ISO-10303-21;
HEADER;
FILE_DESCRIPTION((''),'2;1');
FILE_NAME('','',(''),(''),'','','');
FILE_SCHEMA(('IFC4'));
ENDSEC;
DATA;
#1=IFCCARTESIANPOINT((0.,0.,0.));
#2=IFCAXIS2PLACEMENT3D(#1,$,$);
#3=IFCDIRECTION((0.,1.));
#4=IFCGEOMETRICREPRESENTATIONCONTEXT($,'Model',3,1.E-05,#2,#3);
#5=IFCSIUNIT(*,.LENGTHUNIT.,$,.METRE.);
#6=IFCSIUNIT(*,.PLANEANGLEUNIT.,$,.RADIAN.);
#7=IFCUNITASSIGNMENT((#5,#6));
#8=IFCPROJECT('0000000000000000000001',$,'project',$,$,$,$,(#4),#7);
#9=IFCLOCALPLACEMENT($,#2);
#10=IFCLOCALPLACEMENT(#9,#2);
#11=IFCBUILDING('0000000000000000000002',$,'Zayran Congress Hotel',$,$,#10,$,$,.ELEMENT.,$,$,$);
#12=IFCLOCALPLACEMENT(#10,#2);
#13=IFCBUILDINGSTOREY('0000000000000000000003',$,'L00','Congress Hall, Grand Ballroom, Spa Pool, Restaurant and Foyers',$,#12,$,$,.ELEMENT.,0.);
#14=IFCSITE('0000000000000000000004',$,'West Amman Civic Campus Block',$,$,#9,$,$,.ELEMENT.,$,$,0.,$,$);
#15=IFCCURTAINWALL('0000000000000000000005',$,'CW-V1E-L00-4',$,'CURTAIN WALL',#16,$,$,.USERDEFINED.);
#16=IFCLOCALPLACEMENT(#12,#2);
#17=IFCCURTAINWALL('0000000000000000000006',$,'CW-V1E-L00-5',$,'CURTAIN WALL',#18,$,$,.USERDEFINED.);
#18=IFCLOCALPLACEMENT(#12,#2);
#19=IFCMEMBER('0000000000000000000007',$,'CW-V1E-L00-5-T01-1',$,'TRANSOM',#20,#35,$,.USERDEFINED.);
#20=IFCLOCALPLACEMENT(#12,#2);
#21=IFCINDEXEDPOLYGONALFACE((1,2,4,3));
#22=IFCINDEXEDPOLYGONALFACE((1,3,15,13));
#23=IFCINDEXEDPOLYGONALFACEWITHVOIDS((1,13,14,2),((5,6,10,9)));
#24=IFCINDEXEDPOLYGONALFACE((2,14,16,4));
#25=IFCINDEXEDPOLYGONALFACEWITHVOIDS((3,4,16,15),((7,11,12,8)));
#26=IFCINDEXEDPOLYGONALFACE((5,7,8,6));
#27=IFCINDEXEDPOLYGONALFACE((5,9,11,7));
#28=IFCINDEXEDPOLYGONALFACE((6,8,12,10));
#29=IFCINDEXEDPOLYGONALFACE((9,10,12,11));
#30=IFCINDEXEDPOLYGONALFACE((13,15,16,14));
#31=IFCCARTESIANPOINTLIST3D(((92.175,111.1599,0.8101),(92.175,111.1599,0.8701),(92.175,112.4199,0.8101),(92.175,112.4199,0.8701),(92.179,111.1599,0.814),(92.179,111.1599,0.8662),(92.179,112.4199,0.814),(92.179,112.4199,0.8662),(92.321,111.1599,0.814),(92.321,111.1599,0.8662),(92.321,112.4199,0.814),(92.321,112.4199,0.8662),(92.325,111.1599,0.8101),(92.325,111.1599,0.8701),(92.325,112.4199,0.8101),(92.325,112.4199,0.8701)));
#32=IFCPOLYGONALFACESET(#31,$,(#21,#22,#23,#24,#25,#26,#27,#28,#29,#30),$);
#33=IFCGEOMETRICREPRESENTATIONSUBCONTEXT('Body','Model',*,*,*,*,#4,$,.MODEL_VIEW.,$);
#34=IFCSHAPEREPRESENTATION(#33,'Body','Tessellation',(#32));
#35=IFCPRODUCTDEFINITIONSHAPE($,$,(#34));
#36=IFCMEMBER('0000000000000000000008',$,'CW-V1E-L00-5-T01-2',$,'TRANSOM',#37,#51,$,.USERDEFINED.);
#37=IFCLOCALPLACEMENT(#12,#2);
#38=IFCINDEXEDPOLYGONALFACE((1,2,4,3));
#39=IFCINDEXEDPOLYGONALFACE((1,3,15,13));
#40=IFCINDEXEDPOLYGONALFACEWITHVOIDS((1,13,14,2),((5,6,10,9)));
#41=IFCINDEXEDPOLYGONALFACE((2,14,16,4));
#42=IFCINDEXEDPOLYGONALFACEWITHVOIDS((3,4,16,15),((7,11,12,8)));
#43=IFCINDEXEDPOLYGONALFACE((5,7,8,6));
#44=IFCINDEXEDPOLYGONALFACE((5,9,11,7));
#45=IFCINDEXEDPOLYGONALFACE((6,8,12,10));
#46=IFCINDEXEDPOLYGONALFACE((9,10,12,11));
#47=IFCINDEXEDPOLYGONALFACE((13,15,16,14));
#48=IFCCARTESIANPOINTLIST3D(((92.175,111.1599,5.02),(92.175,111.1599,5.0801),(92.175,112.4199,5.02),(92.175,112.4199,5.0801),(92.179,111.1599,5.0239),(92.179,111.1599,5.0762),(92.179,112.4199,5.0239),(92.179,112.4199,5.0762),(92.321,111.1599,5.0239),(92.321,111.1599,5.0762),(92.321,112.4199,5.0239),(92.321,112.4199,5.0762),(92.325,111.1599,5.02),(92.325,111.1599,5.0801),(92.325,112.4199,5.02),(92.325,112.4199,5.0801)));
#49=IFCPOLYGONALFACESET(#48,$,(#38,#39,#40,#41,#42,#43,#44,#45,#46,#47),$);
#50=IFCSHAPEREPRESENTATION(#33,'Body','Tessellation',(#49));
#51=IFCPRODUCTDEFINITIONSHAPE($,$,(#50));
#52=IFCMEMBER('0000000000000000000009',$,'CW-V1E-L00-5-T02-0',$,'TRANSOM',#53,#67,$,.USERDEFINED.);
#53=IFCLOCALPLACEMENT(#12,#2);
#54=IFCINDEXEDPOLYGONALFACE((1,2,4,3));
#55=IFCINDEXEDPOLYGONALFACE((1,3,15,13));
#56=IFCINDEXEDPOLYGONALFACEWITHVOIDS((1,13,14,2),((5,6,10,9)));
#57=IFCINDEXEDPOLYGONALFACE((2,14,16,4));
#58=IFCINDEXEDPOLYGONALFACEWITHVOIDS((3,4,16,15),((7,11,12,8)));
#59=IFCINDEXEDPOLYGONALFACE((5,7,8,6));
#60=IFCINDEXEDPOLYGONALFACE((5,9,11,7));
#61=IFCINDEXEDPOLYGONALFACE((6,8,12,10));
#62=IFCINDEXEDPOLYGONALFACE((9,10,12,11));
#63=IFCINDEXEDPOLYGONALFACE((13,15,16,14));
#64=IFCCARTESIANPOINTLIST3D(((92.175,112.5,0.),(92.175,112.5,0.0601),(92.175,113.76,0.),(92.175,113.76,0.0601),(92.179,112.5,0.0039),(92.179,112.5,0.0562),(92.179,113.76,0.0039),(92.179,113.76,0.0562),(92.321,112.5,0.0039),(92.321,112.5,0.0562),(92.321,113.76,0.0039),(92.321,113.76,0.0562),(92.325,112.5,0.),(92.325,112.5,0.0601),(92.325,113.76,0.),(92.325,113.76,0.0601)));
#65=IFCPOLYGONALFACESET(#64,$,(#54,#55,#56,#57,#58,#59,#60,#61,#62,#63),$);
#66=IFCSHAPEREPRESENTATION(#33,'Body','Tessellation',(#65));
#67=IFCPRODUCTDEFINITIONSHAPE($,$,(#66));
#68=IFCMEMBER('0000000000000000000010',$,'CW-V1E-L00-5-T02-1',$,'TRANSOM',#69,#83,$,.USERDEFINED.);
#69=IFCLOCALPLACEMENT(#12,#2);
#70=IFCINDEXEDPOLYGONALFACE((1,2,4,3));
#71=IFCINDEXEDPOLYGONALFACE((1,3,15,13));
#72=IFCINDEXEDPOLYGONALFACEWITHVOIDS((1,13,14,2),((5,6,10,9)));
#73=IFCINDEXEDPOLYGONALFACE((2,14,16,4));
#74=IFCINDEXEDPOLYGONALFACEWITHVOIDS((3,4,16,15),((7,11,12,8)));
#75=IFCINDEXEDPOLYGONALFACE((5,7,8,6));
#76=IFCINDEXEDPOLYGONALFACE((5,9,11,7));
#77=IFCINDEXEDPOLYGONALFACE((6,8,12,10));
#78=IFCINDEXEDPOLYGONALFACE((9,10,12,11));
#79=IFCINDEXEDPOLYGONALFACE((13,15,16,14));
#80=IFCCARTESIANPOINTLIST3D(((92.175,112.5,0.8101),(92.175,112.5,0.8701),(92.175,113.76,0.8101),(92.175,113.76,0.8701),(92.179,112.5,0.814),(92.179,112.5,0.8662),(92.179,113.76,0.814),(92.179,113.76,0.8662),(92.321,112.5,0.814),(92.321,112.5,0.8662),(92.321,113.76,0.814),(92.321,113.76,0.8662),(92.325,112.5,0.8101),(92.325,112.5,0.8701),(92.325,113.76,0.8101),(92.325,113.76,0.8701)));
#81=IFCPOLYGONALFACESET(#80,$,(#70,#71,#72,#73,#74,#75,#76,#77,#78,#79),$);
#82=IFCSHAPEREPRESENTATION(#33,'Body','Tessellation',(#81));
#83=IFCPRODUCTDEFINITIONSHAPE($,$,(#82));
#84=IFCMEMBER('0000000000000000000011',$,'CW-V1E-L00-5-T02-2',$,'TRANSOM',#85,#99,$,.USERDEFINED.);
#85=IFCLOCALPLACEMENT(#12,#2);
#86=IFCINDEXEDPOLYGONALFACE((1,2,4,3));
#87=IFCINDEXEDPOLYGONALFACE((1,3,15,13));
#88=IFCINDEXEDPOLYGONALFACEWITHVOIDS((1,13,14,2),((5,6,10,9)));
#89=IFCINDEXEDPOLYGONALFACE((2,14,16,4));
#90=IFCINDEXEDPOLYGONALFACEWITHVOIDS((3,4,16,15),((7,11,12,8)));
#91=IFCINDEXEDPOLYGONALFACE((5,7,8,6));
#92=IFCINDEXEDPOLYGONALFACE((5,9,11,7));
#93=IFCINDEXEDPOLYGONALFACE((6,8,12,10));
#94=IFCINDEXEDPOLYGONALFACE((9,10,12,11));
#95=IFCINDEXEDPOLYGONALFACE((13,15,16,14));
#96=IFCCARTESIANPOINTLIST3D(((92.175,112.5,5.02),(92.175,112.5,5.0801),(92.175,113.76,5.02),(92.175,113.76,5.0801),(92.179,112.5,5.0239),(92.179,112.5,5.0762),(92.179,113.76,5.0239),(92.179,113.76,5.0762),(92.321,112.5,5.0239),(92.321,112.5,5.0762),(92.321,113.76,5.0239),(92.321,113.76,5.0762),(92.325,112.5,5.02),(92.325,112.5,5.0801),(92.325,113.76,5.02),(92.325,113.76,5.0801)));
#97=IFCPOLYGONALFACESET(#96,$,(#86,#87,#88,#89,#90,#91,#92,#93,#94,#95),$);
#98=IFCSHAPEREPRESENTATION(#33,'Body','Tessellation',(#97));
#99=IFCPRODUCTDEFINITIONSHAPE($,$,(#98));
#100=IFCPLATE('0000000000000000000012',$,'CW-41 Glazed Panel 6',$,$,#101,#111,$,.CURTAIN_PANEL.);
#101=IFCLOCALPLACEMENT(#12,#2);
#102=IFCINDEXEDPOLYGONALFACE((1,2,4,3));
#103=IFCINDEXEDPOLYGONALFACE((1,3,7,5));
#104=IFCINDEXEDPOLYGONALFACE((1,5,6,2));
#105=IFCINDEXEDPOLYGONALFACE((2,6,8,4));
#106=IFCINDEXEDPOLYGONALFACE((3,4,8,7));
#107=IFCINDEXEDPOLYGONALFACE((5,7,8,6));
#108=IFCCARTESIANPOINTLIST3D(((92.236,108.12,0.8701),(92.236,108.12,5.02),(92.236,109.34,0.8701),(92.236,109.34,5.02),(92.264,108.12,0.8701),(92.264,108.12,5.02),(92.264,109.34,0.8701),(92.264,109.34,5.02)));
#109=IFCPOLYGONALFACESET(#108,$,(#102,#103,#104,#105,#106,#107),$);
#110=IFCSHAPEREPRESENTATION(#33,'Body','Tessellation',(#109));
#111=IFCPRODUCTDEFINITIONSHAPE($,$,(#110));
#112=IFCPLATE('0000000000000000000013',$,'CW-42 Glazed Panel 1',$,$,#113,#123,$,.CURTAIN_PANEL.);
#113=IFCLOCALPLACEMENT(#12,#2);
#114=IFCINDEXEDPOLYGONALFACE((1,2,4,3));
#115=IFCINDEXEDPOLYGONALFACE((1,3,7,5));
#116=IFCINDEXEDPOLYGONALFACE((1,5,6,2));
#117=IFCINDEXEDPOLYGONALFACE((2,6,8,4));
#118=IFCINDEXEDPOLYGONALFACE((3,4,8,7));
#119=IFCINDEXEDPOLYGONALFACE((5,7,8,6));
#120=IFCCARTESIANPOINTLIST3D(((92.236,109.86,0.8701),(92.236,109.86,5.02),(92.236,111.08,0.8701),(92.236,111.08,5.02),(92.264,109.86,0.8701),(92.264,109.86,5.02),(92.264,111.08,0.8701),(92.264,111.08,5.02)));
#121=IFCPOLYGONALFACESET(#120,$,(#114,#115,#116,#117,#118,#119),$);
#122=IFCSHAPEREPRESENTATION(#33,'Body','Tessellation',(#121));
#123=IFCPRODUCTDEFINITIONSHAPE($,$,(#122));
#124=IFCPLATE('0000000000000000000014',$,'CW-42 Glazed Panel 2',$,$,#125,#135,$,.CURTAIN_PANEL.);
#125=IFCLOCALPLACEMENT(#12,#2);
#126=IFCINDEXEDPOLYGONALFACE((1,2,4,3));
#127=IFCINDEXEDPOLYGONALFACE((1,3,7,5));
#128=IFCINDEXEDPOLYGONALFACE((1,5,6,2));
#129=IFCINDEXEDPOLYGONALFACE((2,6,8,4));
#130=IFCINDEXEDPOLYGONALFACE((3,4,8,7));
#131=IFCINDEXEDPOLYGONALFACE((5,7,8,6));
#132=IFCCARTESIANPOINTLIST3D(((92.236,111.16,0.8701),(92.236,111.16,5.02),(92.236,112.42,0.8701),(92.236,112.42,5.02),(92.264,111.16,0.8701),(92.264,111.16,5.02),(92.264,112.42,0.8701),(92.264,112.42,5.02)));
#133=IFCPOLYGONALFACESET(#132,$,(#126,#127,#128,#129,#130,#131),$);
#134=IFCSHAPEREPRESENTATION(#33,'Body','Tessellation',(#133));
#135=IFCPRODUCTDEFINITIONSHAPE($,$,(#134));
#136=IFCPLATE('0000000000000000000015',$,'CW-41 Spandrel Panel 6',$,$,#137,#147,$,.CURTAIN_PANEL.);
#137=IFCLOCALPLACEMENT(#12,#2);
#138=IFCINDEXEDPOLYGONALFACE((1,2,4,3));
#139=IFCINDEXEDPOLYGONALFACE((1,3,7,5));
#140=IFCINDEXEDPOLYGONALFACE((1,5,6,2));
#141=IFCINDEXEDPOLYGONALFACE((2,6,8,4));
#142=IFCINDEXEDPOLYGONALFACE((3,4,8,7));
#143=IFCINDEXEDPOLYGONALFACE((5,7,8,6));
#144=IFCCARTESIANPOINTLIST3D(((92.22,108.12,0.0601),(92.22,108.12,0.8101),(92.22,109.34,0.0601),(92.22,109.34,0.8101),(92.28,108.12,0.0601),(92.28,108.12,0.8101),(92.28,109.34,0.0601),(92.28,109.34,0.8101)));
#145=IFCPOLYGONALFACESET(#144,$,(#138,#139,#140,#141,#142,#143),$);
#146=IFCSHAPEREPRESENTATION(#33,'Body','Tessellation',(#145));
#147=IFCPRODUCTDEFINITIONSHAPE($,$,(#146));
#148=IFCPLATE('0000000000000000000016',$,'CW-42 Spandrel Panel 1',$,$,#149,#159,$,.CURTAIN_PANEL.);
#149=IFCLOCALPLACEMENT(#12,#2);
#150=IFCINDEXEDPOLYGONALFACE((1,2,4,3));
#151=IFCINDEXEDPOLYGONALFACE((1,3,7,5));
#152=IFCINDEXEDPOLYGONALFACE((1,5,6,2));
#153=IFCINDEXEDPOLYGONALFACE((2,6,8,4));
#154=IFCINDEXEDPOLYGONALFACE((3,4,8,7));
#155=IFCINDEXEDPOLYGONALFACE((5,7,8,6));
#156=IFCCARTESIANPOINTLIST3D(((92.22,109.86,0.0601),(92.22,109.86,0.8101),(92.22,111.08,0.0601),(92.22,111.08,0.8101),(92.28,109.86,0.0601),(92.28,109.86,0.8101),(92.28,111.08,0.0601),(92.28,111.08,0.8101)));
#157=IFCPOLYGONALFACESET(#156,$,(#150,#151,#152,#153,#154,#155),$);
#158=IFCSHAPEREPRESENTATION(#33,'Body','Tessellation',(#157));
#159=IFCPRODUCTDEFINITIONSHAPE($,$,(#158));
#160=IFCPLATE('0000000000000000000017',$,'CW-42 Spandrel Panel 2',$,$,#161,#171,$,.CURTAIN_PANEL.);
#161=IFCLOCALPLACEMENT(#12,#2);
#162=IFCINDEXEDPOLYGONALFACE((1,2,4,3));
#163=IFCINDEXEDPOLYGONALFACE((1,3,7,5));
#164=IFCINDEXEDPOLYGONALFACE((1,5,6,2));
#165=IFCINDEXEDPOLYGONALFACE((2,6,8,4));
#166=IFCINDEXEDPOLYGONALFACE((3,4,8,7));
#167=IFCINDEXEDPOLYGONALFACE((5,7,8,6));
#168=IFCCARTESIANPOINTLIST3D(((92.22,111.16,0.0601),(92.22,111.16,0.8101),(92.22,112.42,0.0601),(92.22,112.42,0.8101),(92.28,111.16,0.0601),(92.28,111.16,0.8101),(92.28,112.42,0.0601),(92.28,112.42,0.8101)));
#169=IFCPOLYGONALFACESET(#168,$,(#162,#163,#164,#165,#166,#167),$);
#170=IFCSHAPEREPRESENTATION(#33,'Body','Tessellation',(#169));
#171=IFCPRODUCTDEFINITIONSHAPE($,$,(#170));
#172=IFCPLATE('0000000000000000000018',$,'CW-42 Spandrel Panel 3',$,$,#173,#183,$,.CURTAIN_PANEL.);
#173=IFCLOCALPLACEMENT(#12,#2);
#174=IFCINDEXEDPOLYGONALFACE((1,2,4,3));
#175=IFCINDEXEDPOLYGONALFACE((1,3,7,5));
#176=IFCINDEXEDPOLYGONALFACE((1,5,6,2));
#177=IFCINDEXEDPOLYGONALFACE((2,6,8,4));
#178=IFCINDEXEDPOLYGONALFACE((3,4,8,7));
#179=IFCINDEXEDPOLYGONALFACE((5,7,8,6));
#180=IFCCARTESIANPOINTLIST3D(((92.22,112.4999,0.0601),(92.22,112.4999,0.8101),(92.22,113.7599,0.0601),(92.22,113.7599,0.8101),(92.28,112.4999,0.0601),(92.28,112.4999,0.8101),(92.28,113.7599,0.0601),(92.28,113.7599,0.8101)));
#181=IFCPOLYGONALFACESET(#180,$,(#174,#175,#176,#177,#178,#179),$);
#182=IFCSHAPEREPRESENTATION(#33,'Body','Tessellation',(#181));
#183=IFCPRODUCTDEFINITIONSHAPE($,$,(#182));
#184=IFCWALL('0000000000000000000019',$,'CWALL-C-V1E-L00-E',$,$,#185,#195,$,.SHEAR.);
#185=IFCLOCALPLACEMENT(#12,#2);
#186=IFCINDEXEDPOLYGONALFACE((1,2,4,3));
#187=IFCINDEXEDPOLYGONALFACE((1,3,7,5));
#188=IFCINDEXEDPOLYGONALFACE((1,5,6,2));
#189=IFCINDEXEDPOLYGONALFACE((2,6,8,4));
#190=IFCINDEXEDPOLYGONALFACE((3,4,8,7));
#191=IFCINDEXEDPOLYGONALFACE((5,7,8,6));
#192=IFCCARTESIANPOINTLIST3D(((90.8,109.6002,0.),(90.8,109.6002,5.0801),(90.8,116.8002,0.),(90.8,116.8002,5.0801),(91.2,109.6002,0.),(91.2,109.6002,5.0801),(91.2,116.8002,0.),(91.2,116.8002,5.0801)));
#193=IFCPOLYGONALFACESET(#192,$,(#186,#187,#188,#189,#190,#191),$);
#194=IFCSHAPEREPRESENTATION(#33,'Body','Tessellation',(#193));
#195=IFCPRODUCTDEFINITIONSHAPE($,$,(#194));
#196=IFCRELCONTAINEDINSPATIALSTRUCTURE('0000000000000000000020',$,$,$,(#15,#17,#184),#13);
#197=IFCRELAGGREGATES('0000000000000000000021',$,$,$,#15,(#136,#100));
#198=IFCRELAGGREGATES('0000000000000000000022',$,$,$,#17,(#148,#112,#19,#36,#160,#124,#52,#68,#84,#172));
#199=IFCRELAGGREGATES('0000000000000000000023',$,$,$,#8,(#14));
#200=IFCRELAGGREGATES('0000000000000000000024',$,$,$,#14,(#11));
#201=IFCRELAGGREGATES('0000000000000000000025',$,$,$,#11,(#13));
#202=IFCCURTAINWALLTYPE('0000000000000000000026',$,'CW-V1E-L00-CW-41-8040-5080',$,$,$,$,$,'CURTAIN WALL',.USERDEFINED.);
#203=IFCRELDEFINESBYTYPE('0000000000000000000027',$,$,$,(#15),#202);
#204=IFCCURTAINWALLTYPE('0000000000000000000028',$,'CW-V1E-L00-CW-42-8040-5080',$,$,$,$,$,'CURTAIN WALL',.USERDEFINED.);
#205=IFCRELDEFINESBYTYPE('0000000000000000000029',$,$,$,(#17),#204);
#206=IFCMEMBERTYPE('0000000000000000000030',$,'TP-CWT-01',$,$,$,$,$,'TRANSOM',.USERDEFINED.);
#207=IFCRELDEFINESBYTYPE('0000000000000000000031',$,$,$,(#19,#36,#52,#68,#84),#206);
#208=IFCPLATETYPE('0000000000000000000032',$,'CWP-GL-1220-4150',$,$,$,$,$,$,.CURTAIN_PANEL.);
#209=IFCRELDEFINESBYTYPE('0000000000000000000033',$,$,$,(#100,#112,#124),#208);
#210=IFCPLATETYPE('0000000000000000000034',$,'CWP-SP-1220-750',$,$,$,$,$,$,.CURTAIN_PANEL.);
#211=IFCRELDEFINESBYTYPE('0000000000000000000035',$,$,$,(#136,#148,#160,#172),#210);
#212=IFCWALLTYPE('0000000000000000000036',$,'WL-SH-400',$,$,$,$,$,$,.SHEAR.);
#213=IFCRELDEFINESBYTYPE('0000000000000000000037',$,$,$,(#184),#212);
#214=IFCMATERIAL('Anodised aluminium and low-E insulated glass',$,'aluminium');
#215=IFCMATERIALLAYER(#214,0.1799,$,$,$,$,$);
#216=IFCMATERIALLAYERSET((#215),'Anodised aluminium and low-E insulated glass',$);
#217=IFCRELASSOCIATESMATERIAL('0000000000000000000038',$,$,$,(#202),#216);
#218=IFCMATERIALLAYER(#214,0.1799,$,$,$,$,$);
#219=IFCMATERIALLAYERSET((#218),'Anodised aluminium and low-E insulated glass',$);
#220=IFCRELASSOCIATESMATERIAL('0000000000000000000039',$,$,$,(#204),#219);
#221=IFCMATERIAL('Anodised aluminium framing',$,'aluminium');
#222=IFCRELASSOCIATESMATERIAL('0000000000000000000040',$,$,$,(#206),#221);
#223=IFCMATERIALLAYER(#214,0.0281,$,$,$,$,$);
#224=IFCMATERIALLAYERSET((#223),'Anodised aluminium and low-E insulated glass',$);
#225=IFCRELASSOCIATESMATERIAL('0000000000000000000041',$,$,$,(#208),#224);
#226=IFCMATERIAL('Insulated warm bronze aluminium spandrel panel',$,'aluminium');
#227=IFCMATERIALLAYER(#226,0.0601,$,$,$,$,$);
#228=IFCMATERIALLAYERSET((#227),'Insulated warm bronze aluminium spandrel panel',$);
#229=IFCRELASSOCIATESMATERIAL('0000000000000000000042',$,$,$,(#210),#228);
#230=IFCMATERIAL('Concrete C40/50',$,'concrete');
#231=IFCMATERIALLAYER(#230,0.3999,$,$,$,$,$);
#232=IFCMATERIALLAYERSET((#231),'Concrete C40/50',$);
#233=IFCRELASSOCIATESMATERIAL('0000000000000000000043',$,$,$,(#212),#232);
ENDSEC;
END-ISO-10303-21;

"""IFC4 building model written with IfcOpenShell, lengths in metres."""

from ifc_helpers import new_model, si_unit, direction, frame, frame_2d, origin, origin_2d, place, context, subcontext, project, spatial, rectangle, hollow_rectangle, extrude, material, layer, layer_set, material_profile, profile_set, type_object, element, aggregate, save


model = new_model("IFC4")

# Units and contexts
model_context = context("Model", 3, precision=1e-05, world=origin(), true_north=direction((0.0, 1.0)))
body_context = subcontext(model_context, "Body", "Model", "MODEL_VIEW")
ifc_project = project(units=[si_unit("LENGTHUNIT", "METRE"), si_unit("PLANEANGLEUNIT", "RADIAN")], contexts=[model_context])

# Site, building, storey
site_placement = place(None, origin())
site = spatial("IfcSite", under=ifc_project, at=site_placement, Name="West Amman Civic Campus Block", CompositionType="ELEMENT", RefElevation=0.0)
building_placement = place(site_placement, origin())
building = spatial("IfcBuilding", under=site, at=building_placement, Name="Zayran Congress Hotel", CompositionType="ELEMENT")
storey_placement = place(building_placement, origin())
storey = spatial("IfcBuildingStorey", under=building, at=storey_placement, Name="L00", Description="Congress Hall, Grand Ballroom, Spa Pool, Restaurant and Foyers", CompositionType="ELEMENT", Elevation=0.0)

# Shared definitions
ifc_material_1 = material(Name="Concrete C40/50", Category="concrete")

# Curtain wall
ifc_material_2 = material(Name="Anodised aluminium and low-E insulated glass", Category="aluminium")
ifc_layer_1 = layer(ifc_material_2, 0.1799)
ifc_layer_set_1 = layer_set([ifc_layer_1], Name="Anodised aluminium and low-E insulated glass")
curtain_wall_type_1 = type_object("IfcCurtainWallType", Name="CW-V1E-L00-CW-41-8040-5080", ElementType="CURTAIN WALL", PredefinedType="USERDEFINED", material=ifc_layer_set_1)
curtain_wall_1_placement = place(storey_placement, origin())
curtain_wall_1 = element("IfcCurtainWall", 1, at=curtain_wall_1_placement, inside=storey, type_object=curtain_wall_type_1, Name="CW-V1E-L00-4", ObjectType="CURTAIN WALL", PredefinedType="USERDEFINED")
ifc_material_3 = material(Name="Anodised aluminium framing", Category="aluminium")

# Curtain wall
ifc_layer_2 = layer(ifc_material_2, 0.1799)
ifc_layer_set_2 = layer_set([ifc_layer_2], Name="Anodised aluminium and low-E insulated glass")
curtain_wall_type_2 = type_object("IfcCurtainWallType", Name="CW-V1E-L00-CW-42-8040-5080", ElementType="CURTAIN WALL", PredefinedType="USERDEFINED", material=ifc_layer_set_2)
curtain_wall_2_placement = place(storey_placement, origin())
curtain_wall_2 = element("IfcCurtainWall", 2, at=curtain_wall_2_placement, inside=storey, type_object=curtain_wall_type_2, Name="CW-V1E-L00-5", ObjectType="CURTAIN WALL", PredefinedType="USERDEFINED")

# Members
ifc_material_profile_1 = material_profile(ifc_material_3, hollow_rectangle(XDim=0.0601, YDim=0.1499, WallThickness=0.0039, at=origin_2d()), Name="RHS 150x60x4")
ifc_profile_set_1 = profile_set([ifc_material_profile_1], Name="Anodised aluminium framing")
member_type_1 = type_object("IfcMemberType", Name="TP-CWT-01", ElementType="TRANSOM", PredefinedType="USERDEFINED", material=ifc_profile_set_1)
member_1_placement = place(storey_placement, frame((92.25, 111.1599, 0.8401), z_axis=(0.0, 1.0, 0.0), x_axis=(0.0, 0.0, 1.0)))
member_1 = element("IfcMember", 3, at=member_1_placement, type_object=member_type_1, Name="CW-V1E-L00-5-T01-1", ObjectType="TRANSOM", PredefinedType="USERDEFINED", context=body_context, shape_type="SweptSolid", body=[
    extrude(hollow_rectangle(XDim=0.0601, YDim=0.1499, WallThickness=0.0039, at=origin_2d()), origin(), (0.0, 0.0, 1.0), 1.26),
])
member_2_placement = place(storey_placement, frame((92.25, 111.1599, 5.05), z_axis=(0.0, 1.0, 0.0), x_axis=(0.0, 0.0, 1.0)))
member_2 = element("IfcMember", 4, at=member_2_placement, type_object=member_type_1, Name="CW-V1E-L00-5-T01-2", ObjectType="TRANSOM", PredefinedType="USERDEFINED", context=body_context, shape_type="SweptSolid", body=[
    extrude(hollow_rectangle(XDim=0.0601, YDim=0.1499, WallThickness=0.0039, at=origin_2d()), origin(), (0.0, 0.0, 1.0), 1.26),
])
member_3_placement = place(storey_placement, frame((92.25, 112.5, 0.03), z_axis=(0.0, 1.0, 0.0), x_axis=(0.0, 0.0, 1.0)))
member_3 = element("IfcMember", 5, at=member_3_placement, type_object=member_type_1, Name="CW-V1E-L00-5-T02-0", ObjectType="TRANSOM", PredefinedType="USERDEFINED", context=body_context, shape_type="SweptSolid", body=[
    extrude(hollow_rectangle(XDim=0.0601, YDim=0.1499, WallThickness=0.0039, at=origin_2d()), origin(), (0.0, 0.0, 1.0), 1.26),
])
member_4_placement = place(storey_placement, frame((92.25, 112.5, 0.8401), z_axis=(0.0, 1.0, 0.0), x_axis=(0.0, 0.0, 1.0)))
member_4 = element("IfcMember", 6, at=member_4_placement, type_object=member_type_1, Name="CW-V1E-L00-5-T02-1", ObjectType="TRANSOM", PredefinedType="USERDEFINED", context=body_context, shape_type="SweptSolid", body=[
    extrude(hollow_rectangle(XDim=0.0601, YDim=0.1499, WallThickness=0.0039, at=origin_2d()), origin(), (0.0, 0.0, 1.0), 1.26),
])
member_5_placement = place(storey_placement, frame((92.25, 112.5, 5.05), z_axis=(0.0, 1.0, 0.0), x_axis=(0.0, 0.0, 1.0)))
member_5 = element("IfcMember", 7, at=member_5_placement, type_object=member_type_1, Name="CW-V1E-L00-5-T02-2", ObjectType="TRANSOM", PredefinedType="USERDEFINED", context=body_context, shape_type="SweptSolid", body=[
    extrude(hollow_rectangle(XDim=0.0601, YDim=0.1499, WallThickness=0.0039, at=origin_2d()), origin(), (0.0, 0.0, 1.0), 1.26),
])

# Plates
ifc_layer_3 = layer(ifc_material_2, 0.0281)
ifc_layer_set_3 = layer_set([ifc_layer_3], Name="Anodised aluminium and low-E insulated glass")
plate_type_1 = type_object("IfcPlateType", Name="CWP-GL-1220-4150", PredefinedType="CURTAIN_PANEL", material=ifc_layer_set_3)
plate_1_placement = place(storey_placement, frame((92.25, 108.73, 0.8701), z_axis=(0.0, 0.0, 1.0), x_axis=(0.0, 1.0, 0.0)))
plate_1 = element("IfcPlate", 8, at=plate_1_placement, type_object=plate_type_1, Name="CW-41 Glazed Panel 6", PredefinedType="CURTAIN_PANEL", context=body_context, shape_type="SweptSolid", body=[
    extrude(rectangle(XDim=1.22, YDim=0.0281, at=origin_2d()), origin(), (0.0, 0.0, 1.0), 4.1499),
])
plate_2_placement = place(storey_placement, frame((92.25, 110.47, 0.8701), z_axis=(0.0, 0.0, 1.0), x_axis=(0.0, 1.0, 0.0)))
plate_2 = element("IfcPlate", 9, at=plate_2_placement, type_object=plate_type_1, Name="CW-42 Glazed Panel 1", PredefinedType="CURTAIN_PANEL", context=body_context, shape_type="SweptSolid", body=[
    extrude(rectangle(XDim=1.22, YDim=0.0281, at=origin_2d()), origin(), (0.0, 0.0, 1.0), 4.1499),
])
plate_3_placement = place(storey_placement, frame((92.25, 111.79, 0.8701), z_axis=(0.0, 0.0, 1.0), x_axis=(0.0, 1.0, 0.0)))
plate_3 = element("IfcPlate", 10, at=plate_3_placement, type_object=plate_type_1, Name="CW-42 Glazed Panel 2", PredefinedType="CURTAIN_PANEL", context=body_context, shape_type="SweptSolid", body=[
    extrude(rectangle(XDim=1.26, YDim=0.0281, at=origin_2d()), origin(), (0.0, 0.0, 1.0), 4.1499),
])
ifc_material_4 = material(Name="Insulated warm bronze aluminium spandrel panel", Category="aluminium")
ifc_layer_4 = layer(ifc_material_4, 0.0601)
ifc_layer_set_4 = layer_set([ifc_layer_4], Name="Insulated warm bronze aluminium spandrel panel")
plate_type_2 = type_object("IfcPlateType", Name="CWP-SP-1220-750", PredefinedType="CURTAIN_PANEL", material=ifc_layer_set_4)
plate_4_placement = place(storey_placement, frame((92.25, 108.73, 0.0601), z_axis=(0.0, 0.0, 1.0), x_axis=(0.0, 1.0, 0.0)))
plate_4 = element("IfcPlate", 11, at=plate_4_placement, type_object=plate_type_2, Name="CW-41 Spandrel Panel 6", PredefinedType="CURTAIN_PANEL", context=body_context, shape_type="SweptSolid", body=[
    extrude(rectangle(XDim=1.22, YDim=0.0601, at=origin_2d()), origin(), (0.0, 0.0, 1.0), 0.75),
])
aggregate(curtain_wall_1, [plate_4, plate_1])
plate_5_placement = place(storey_placement, frame((92.25, 110.47, 0.0601), z_axis=(0.0, 0.0, 1.0), x_axis=(0.0, 1.0, 0.0)))
plate_5 = element("IfcPlate", 12, at=plate_5_placement, type_object=plate_type_2, Name="CW-42 Spandrel Panel 1", PredefinedType="CURTAIN_PANEL", context=body_context, shape_type="SweptSolid", body=[
    extrude(rectangle(XDim=1.22, YDim=0.0601, at=origin_2d()), origin(), (0.0, 0.0, 1.0), 0.75),
])
plate_6_placement = place(storey_placement, frame((92.25, 111.79, 0.0601), z_axis=(0.0, 0.0, 1.0), x_axis=(0.0, 1.0, 0.0)))
plate_6 = element("IfcPlate", 13, at=plate_6_placement, type_object=plate_type_2, Name="CW-42 Spandrel Panel 2", PredefinedType="CURTAIN_PANEL", context=body_context, shape_type="SweptSolid", body=[
    extrude(rectangle(XDim=1.26, YDim=0.0601, at=origin_2d()), origin(), (0.0, 0.0, 1.0), 0.75),
])
plate_7_placement = place(storey_placement, frame((92.25, 113.1299, 0.0601), z_axis=(0.0, 0.0, 1.0), x_axis=(0.0, 1.0, 0.0)))
plate_7 = element("IfcPlate", 14, at=plate_7_placement, type_object=plate_type_2, Name="CW-42 Spandrel Panel 3", PredefinedType="CURTAIN_PANEL", context=body_context, shape_type="SweptSolid", body=[
    extrude(rectangle(XDim=1.26, YDim=0.0601, at=origin_2d()), origin(), (0.0, 0.0, 1.0), 0.75),
])
aggregate(curtain_wall_2, [plate_5, plate_2, member_1, member_2, plate_6, plate_3, member_3, member_4, member_5, plate_7])

# Wall
ifc_layer_5 = layer(ifc_material_1, 0.3999)
ifc_layer_set_5 = layer_set([ifc_layer_5], Name="Concrete C40/50")
wall_type = type_object("IfcWallType", Name="WL-SH-400", PredefinedType="SHEAR", material=ifc_layer_set_5)
wall_placement = place(storey_placement, frame((91.0, 109.6001, 0.0), z_axis=(0.0, 0.0, 1.0), x_axis=(0.0, 1.0, 0.0)))
element("IfcWall", 15, at=wall_placement, inside=storey, type_object=wall_type, Name="CWALL-C-V1E-L00-E", PredefinedType="SHEAR", context=body_context, shape_type="SweptSolid", body=[
    extrude(rectangle(XDim=7.2, YDim=0.3999, at=frame_2d((3.6001, 0.0))), origin(), (0.0, 0.0, 1.0), 5.0801),
])

save(model, "model.ifc")
